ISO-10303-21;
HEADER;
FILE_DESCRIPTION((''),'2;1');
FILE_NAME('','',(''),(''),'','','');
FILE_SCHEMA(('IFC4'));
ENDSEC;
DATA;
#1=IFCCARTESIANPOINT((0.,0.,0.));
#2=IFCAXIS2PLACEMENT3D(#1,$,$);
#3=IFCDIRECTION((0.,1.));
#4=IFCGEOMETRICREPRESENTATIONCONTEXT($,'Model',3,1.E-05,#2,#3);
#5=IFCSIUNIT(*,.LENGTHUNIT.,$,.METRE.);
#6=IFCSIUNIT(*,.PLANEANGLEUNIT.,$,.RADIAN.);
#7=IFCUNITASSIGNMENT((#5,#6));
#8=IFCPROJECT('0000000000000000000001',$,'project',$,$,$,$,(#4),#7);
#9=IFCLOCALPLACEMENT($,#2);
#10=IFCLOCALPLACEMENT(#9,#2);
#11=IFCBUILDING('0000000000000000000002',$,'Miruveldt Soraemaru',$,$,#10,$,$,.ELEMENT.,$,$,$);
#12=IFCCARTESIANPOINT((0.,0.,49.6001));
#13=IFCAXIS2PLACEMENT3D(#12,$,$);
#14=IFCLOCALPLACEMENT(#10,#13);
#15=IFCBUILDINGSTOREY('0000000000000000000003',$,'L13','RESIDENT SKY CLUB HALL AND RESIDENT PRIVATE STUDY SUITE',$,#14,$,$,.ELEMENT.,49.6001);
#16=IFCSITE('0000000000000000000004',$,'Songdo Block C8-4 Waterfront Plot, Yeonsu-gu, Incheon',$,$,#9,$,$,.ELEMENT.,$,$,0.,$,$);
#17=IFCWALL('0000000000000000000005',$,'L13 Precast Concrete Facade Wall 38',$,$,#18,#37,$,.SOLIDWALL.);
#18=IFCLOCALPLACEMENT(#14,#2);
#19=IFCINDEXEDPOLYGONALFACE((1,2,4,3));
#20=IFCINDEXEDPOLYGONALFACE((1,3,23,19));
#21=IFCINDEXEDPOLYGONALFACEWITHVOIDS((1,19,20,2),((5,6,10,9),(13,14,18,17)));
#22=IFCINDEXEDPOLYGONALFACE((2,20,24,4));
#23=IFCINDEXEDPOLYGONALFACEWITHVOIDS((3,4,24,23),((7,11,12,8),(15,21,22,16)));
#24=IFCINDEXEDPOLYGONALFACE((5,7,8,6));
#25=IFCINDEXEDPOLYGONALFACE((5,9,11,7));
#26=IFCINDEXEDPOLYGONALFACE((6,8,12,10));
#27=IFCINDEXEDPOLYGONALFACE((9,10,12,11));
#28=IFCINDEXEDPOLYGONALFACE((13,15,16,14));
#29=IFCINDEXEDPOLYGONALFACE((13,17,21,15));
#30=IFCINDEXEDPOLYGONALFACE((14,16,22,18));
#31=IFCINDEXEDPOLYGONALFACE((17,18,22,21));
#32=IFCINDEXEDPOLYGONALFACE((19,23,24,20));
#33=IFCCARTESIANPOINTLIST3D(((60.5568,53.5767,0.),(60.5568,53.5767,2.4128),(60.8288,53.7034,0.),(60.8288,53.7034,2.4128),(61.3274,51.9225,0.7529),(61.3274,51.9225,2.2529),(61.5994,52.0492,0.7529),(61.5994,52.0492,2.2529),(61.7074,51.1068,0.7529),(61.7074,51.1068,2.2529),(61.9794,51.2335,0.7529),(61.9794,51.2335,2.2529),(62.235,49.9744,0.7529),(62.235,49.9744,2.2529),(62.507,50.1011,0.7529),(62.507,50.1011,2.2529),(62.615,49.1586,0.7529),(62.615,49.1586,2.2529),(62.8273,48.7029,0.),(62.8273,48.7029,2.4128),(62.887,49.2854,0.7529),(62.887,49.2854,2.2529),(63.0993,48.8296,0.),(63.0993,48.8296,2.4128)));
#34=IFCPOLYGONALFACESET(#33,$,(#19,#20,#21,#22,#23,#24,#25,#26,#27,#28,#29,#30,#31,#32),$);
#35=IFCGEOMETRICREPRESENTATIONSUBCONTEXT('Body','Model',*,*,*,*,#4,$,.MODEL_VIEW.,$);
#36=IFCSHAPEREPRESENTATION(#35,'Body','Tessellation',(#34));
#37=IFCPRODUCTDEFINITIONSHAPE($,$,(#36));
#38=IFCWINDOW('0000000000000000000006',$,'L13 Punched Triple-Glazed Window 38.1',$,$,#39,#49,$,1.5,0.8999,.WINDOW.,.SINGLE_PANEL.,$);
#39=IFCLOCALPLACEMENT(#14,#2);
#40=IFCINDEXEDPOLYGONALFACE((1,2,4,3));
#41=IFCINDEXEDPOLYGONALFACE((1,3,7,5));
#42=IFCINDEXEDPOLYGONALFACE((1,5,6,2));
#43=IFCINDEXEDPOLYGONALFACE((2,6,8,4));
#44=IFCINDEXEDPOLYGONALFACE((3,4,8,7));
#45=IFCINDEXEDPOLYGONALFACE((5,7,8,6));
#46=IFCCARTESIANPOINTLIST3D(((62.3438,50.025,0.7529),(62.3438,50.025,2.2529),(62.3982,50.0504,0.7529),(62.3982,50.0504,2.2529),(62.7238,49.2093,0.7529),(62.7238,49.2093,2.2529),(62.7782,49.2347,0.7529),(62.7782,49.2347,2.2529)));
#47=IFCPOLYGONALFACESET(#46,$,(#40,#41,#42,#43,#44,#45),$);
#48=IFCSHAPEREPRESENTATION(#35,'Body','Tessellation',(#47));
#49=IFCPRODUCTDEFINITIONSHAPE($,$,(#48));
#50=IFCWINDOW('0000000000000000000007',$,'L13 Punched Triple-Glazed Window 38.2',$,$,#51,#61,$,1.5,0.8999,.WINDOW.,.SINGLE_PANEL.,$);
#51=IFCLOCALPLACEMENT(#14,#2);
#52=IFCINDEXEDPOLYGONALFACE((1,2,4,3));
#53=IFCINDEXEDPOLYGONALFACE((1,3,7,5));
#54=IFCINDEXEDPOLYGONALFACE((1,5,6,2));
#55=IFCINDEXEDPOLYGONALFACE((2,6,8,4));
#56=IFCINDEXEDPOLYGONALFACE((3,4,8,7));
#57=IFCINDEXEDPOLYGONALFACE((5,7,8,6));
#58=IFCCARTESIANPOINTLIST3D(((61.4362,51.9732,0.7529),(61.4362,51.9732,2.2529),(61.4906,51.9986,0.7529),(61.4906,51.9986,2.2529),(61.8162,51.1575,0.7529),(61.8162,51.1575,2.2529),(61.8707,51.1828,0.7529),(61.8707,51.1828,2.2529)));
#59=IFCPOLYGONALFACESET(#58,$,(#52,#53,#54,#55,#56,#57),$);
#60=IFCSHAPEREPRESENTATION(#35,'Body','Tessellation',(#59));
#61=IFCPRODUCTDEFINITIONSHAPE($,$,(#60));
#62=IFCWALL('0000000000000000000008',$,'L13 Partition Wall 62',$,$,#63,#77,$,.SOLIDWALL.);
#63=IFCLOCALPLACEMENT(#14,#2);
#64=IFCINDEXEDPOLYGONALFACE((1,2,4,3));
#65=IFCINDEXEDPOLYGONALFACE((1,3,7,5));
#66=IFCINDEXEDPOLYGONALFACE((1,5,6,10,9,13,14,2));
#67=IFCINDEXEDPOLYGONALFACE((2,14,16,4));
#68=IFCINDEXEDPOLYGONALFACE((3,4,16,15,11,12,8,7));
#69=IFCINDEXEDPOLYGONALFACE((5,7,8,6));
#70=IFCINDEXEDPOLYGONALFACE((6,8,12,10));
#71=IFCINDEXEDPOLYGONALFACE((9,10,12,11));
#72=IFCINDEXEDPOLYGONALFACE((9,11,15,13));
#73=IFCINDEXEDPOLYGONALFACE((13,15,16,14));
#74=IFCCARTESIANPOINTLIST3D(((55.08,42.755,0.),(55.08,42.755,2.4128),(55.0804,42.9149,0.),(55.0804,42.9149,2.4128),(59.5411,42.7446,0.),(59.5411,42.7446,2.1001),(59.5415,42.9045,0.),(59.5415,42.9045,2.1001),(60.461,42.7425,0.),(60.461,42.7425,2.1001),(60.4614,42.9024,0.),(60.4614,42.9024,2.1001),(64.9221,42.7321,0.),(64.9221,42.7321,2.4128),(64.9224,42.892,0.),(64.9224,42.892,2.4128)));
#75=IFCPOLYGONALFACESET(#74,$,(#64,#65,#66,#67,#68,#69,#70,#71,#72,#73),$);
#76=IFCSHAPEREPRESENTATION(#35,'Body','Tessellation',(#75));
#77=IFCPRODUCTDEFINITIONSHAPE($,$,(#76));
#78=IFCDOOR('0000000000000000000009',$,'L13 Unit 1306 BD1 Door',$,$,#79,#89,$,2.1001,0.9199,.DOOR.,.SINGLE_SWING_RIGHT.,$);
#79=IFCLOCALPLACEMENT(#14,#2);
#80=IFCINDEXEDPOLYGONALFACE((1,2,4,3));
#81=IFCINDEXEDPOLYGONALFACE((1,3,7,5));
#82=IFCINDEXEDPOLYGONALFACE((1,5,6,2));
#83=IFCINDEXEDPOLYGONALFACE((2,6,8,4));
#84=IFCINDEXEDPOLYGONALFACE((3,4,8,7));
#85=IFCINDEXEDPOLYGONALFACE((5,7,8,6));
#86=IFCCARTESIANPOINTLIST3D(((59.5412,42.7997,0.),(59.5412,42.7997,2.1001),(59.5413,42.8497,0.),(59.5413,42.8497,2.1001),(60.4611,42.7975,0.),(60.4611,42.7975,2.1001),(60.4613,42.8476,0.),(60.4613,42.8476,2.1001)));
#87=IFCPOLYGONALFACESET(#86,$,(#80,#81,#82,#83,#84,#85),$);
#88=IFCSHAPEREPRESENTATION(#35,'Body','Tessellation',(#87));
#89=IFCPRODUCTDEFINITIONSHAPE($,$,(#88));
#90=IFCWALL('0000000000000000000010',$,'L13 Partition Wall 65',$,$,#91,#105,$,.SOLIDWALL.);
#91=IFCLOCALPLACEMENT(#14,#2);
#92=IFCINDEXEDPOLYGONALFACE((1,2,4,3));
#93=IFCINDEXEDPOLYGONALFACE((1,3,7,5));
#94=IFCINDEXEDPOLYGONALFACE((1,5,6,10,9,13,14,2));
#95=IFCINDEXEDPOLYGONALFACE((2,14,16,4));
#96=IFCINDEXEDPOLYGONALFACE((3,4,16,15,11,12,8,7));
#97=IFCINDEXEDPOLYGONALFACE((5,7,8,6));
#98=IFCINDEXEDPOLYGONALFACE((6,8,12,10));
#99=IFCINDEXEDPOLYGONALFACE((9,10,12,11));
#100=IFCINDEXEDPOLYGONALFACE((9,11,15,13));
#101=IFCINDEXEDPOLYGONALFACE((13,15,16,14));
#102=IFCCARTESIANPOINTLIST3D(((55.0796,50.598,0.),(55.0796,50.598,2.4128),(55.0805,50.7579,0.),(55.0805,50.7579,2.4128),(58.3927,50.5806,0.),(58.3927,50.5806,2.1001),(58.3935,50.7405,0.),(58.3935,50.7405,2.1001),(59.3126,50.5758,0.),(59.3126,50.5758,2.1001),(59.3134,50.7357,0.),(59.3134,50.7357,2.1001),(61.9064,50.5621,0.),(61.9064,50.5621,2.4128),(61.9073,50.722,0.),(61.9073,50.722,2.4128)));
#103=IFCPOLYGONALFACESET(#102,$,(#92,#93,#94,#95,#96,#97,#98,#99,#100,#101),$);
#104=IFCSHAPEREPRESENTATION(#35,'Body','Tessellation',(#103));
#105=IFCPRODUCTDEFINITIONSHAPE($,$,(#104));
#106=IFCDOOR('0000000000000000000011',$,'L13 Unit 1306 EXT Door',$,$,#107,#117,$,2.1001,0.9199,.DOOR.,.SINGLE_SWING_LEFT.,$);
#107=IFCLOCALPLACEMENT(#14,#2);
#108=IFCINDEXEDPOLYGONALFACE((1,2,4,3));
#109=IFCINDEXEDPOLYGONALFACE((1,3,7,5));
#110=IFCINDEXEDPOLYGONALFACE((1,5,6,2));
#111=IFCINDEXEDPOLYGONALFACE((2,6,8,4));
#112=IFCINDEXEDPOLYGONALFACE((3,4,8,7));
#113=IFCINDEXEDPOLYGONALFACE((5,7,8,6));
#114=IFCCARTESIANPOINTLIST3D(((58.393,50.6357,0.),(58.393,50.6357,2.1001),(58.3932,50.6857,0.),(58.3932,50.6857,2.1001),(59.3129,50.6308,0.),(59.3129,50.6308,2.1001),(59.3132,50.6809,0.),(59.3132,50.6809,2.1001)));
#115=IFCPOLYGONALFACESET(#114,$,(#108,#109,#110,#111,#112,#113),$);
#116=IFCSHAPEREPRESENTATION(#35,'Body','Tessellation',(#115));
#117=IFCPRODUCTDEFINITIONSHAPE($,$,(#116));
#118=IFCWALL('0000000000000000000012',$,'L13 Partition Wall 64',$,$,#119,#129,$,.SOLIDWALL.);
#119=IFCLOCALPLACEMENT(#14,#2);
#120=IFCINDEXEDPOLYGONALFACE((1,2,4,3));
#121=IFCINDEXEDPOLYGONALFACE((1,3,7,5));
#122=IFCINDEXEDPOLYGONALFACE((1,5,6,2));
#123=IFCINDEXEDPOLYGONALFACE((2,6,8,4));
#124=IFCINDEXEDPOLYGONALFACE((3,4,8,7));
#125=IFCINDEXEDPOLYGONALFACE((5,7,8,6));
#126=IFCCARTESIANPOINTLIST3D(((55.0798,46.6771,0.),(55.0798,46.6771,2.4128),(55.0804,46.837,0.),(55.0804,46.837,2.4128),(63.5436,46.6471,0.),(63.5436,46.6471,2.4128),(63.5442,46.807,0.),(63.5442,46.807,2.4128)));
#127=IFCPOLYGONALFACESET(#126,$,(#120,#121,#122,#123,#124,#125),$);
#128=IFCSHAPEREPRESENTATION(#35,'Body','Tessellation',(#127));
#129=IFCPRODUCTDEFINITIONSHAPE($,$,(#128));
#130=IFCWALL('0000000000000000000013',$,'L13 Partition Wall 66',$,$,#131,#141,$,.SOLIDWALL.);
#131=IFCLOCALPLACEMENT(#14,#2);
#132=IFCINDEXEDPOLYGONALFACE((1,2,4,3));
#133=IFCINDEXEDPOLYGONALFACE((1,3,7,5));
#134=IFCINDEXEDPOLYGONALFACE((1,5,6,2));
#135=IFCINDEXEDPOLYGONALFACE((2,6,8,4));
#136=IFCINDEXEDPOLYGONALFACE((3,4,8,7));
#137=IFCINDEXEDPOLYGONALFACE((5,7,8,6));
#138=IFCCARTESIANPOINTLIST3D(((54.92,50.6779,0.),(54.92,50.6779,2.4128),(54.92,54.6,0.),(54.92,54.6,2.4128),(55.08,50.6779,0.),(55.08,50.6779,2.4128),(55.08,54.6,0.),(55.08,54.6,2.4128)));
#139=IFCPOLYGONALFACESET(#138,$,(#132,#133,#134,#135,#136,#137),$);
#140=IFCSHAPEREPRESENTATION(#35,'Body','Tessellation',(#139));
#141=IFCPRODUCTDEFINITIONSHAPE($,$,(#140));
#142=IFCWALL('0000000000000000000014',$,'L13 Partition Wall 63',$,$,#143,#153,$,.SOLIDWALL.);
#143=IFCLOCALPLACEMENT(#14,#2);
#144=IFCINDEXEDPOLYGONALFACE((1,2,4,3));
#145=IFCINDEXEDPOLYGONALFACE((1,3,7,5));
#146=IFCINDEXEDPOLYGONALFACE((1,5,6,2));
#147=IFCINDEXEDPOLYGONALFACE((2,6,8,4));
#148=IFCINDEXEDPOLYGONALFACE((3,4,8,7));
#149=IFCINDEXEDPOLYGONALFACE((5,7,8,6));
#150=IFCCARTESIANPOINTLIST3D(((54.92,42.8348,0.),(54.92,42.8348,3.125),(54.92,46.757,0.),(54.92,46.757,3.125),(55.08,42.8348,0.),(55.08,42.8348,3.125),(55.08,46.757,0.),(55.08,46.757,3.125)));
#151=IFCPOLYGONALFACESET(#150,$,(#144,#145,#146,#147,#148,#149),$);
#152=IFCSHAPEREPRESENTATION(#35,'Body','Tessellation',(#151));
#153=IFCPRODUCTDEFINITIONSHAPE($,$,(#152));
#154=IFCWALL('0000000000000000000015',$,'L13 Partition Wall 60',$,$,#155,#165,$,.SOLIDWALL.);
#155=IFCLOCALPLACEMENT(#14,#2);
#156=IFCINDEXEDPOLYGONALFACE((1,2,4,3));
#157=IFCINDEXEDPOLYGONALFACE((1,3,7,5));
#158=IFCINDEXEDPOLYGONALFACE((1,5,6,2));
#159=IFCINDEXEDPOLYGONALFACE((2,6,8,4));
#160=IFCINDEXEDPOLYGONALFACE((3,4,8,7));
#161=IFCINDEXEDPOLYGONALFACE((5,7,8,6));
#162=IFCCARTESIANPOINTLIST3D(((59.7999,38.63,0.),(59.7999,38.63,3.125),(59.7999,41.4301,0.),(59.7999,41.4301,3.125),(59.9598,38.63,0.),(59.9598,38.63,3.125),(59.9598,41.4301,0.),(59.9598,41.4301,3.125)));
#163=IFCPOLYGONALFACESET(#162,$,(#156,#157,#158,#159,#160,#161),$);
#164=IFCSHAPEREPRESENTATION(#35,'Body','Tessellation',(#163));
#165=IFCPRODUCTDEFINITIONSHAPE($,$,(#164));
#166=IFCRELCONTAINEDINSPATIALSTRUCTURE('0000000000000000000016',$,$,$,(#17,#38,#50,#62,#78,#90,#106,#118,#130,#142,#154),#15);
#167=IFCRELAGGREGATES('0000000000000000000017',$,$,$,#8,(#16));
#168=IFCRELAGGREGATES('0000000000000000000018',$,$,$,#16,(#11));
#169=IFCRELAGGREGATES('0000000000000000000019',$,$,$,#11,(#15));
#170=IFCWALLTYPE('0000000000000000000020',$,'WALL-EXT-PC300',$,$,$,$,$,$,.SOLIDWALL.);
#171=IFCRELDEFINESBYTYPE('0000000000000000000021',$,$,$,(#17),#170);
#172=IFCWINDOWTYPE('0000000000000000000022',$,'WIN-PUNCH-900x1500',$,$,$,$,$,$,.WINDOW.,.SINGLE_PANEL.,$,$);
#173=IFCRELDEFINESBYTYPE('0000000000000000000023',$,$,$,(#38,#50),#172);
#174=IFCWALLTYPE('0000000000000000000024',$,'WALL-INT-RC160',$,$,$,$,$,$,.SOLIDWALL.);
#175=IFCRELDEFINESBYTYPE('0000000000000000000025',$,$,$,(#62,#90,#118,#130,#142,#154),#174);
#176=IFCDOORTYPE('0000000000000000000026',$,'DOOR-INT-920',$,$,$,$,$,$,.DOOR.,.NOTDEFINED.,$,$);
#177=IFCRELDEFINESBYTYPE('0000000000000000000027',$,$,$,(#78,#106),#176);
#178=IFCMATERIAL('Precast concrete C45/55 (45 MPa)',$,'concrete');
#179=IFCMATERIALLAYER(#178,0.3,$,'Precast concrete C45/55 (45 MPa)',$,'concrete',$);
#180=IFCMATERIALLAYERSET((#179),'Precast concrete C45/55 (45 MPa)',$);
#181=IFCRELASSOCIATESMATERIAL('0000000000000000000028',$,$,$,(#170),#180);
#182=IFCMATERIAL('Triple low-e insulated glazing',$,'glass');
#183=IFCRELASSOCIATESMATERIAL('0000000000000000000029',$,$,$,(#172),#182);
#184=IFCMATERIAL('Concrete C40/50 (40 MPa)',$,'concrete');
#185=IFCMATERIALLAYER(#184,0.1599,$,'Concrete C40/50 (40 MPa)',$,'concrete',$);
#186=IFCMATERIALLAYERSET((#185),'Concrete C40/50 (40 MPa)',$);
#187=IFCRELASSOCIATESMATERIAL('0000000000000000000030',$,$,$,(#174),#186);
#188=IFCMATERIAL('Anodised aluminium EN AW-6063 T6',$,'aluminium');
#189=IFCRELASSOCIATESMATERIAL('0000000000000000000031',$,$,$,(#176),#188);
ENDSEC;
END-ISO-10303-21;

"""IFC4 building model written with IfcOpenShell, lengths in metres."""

from ifc_helpers import new_model, si_unit, direction, frame, frame_2d, origin, place, context, subcontext, project, spatial, rectangle, extrude, material, layer, layer_set, type_object, element, fill, save


model = new_model("IFC4")

# Units and contexts
model_context = context("Model", 3, precision=1e-05, world=origin(), true_north=direction((0.0, 1.0)))
body_context = subcontext(model_context, "Body", "Model", "MODEL_VIEW")
ifc_project = project(units=[si_unit("LENGTHUNIT", "METRE"), si_unit("PLANEANGLEUNIT", "RADIAN")], contexts=[model_context])

# Site, building, storey
site_placement = place(None, origin())
site = spatial("IfcSite", under=ifc_project, at=site_placement, Name="Songdo Block C8-4 Waterfront Plot, Yeonsu-gu, Incheon", CompositionType="ELEMENT", RefElevation=0.0)
building_placement = place(site_placement, origin())
building = spatial("IfcBuilding", under=site, at=building_placement, Name="Miruveldt Soraemaru", CompositionType="ELEMENT")
storey_placement = place(building_placement, frame((0.0, 0.0, 49.6001)))
storey = spatial("IfcBuildingStorey", under=building, at=storey_placement, Name="L13", Description="RESIDENT SKY CLUB HALL AND RESIDENT PRIVATE STUDY SUITE", CompositionType="ELEMENT", Elevation=49.6001)

# Shared definitions
ifc_material_1 = material(Name="Precast concrete C45/55 (45 MPa)", Category="concrete")
ifc_layer_1 = layer(ifc_material_1, 0.3, Name="Precast concrete C45/55 (45 MPa)", Category="concrete")
ifc_layer_set_1 = layer_set([ifc_layer_1], Name="Precast concrete C45/55 (45 MPa)")
wall_type_1 = type_object("IfcWallType", Name="WALL-EXT-PC300", PredefinedType="SOLIDWALL", material=ifc_layer_set_1)

# Wall, openings, windows
ifc_material_2 = material(Name="Triple low-e insulated glazing", Category="glass")
wall_1_placement = place(storey_placement, frame((62.9634, 48.7661, 0.0), z_axis=(0.0, 0.0, 1.0), x_axis=(-0.422286, 0.906463, 0.0)))
wall_1 = element("IfcWall", 1, at=wall_1_placement, inside=storey, type_object=wall_type_1, Name="L13 Precast Concrete Facade Wall 38", PredefinedType="SOLIDWALL", context=body_context, shape_type="SweptSolid", body=[
    extrude(rectangle(XDim=5.3767, YDim=0.3, at=frame_2d((2.6885, 0.0))), origin(), (0.0, 0.0, 1.0), 2.4128),
])
opening_1_placement = place(wall_1_placement, frame((0.5029, 0.0, 0.7529)))
opening_1 = element("IfcOpeningElement", 2, at=opening_1_placement, cuts=wall_1, PredefinedType="OPENING", context=body_context, shape_type="SweptSolid", body=[
    extrude(rectangle(XDim=0.8999, YDim=1.5, at=frame_2d((0.45, 0.75))), frame((0.0, 0.1602, 0.0), z_axis=(0.0, -1.0, 0.0), x_axis=(1.0, 0.0, 0.0)), (0.0, 0.0, 1.0), 0.3201),
])
opening_2_placement = place(wall_1_placement, frame((2.6521, 0.0, 0.7529)))
opening_2 = element("IfcOpeningElement", 3, at=opening_2_placement, cuts=wall_1, PredefinedType="OPENING", context=body_context, shape_type="SweptSolid", body=[
    extrude(rectangle(XDim=0.8999, YDim=1.5, at=frame_2d((0.45, 0.75))), frame((0.0, 0.1602, 0.0), z_axis=(0.0, -1.0, 0.0), x_axis=(1.0, 0.0, 0.0)), (0.0, 0.0, 1.0), 0.3201),
])
window_type_1 = type_object("IfcWindowType", Name="WIN-PUNCH-900x1500", PartitioningType="SINGLE_PANEL", PredefinedType="WINDOW", material=ifc_material_2)
window_1_placement = place(opening_1_placement, origin())
window_1 = element("IfcWindow", 4, at=window_1_placement, inside=storey, type_object=window_type_1, Name="L13 Punched Triple-Glazed Window 38.1", OverallHeight=1.5, OverallWidth=0.8999, PartitioningType="SINGLE_PANEL", PredefinedType="WINDOW", context=body_context, shape_type="SweptSolid", body=[
    extrude(rectangle(XDim=0.8999, YDim=1.5, at=frame_2d((0.45, 0.75))), frame((0.0, 0.03, 0.0), z_axis=(0.0, -1.0, 0.0), x_axis=(1.0, 0.0, 0.0)), (0.0, 0.0, 1.0), 0.0601),
])
fill(opening_1, window_1)
window_2_placement = place(opening_2_placement, origin())
window_2 = element("IfcWindow", 5, at=window_2_placement, inside=storey, type_object=window_type_1, Name="L13 Punched Triple-Glazed Window 38.2", OverallHeight=1.5, OverallWidth=0.8999, PartitioningType="SINGLE_PANEL", PredefinedType="WINDOW", context=body_context, shape_type="SweptSolid", body=[
    extrude(rectangle(XDim=0.8999, YDim=1.5, at=frame_2d((0.45, 0.75))), frame((0.0, 0.03, 0.0), z_axis=(0.0, -1.0, 0.0), x_axis=(1.0, 0.0, 0.0)), (0.0, 0.0, 1.0), 0.0601),
])
fill(opening_2, window_2)

# Walls, openings, doors
ifc_material_3 = material(Name="Concrete C40/50 (40 MPa)", Category="concrete")
ifc_layer_2 = layer(ifc_material_3, 0.1599, Name="Concrete C40/50 (40 MPa)", Category="concrete")
ifc_layer_set_2 = layer_set([ifc_layer_2], Name="Concrete C40/50 (40 MPa)")
wall_type_2 = type_object("IfcWallType", Name="WALL-INT-RC160", PredefinedType="SOLIDWALL", material=ifc_layer_set_2)
wall_2_placement = place(storey_placement, frame((64.9221, 42.812, 0.0), z_axis=(0.0, 0.0, 1.0), x_axis=(-0.999997, 0.002332, 0.0)))
wall_2 = element("IfcWall", 6, at=wall_2_placement, inside=storey, type_object=wall_type_2, Name="L13 Partition Wall 62", PredefinedType="SOLIDWALL", context=body_context, shape_type="SweptSolid", body=[
    extrude(rectangle(XDim=9.842, YDim=0.1599, at=frame_2d((4.9209, 0.0))), origin(), (0.0, 0.0, 1.0), 2.4128),
])
opening_3_placement = place(wall_2_placement, frame((4.4609, 0.0, 0.0)))
opening_3 = element("IfcOpeningElement", 7, at=opening_3_placement, cuts=wall_2, PredefinedType="OPENING", context=body_context, shape_type="SweptSolid", body=[
    extrude(rectangle(XDim=0.9199, YDim=2.1001, at=frame_2d((0.46, 1.05))), frame((0.0, 0.0898, 0.0), z_axis=(0.0, -1.0, 0.0), x_axis=(1.0, 0.0, 0.0)), (0.0, 0.0, 1.0), 0.1799),
])
ifc_material_4 = material(Name="Anodised aluminium EN AW-6063 T6", Category="aluminium")
door_type = type_object("IfcDoorType", Name="DOOR-INT-920", OperationType="NOTDEFINED", PredefinedType="DOOR", material=ifc_material_4)
door_1_placement = place(opening_3_placement, origin())
door_1 = element("IfcDoor", 8, at=door_1_placement, inside=storey, type_object=door_type, Name="L13 Unit 1306 BD1 Door", OperationType="SINGLE_SWING_RIGHT", OverallHeight=2.1001, OverallWidth=0.9199, PredefinedType="DOOR", context=body_context, shape_type="SweptSolid", body=[
    extrude(rectangle(XDim=0.9199, YDim=2.1001, at=frame_2d((0.46, 1.05))), frame((0.0, 0.0249, 0.0), z_axis=(0.0, -1.0, 0.0), x_axis=(1.0, 0.0, 0.0)), (0.0, 0.0, 1.0), 0.05),
])
fill(opening_3, door_1)
wall_3_placement = place(storey_placement, frame((61.907, 50.6421, 0.0), z_axis=(0.0, 0.0, 1.0), x_axis=(-0.999986, 0.005257, 0.0)))
wall_3 = element("IfcWall", 9, at=wall_3_placement, inside=storey, type_object=wall_type_2, Name="L13 Partition Wall 65", PredefinedType="SOLIDWALL", context=body_context, shape_type="SweptSolid", body=[
    extrude(rectangle(XDim=6.8269, YDim=0.1599, at=frame_2d((3.4136, 0.0))), origin(), (0.0, 0.0, 1.0), 2.4128),
])
opening_4_placement = place(wall_3_placement, frame((2.594, 0.0, 0.0)))
opening_4 = element("IfcOpeningElement", 10, at=opening_4_placement, cuts=wall_3, PredefinedType="OPENING", context=body_context, shape_type="SweptSolid", body=[
    extrude(rectangle(XDim=0.9199, YDim=2.1001, at=frame_2d((0.46, 1.05))), frame((0.0, 0.0898, 0.0), z_axis=(0.0, -1.0, 0.0), x_axis=(1.0, 0.0, 0.0)), (0.0, 0.0, 1.0), 0.1799),
])
door_2_placement = place(opening_4_placement, origin())
door_2 = element("IfcDoor", 11, at=door_2_placement, inside=storey, type_object=door_type, Name="L13 Unit 1306 EXT Door", OperationType="SINGLE_SWING_LEFT", OverallHeight=2.1001, OverallWidth=0.9199, PredefinedType="DOOR", context=body_context, shape_type="SweptSolid", body=[
    extrude(rectangle(XDim=0.9199, YDim=2.1001, at=frame_2d((0.46, 1.05))), frame((0.0, 0.0249, 0.0), z_axis=(0.0, -1.0, 0.0), x_axis=(1.0, 0.0, 0.0)), (0.0, 0.0, 1.0), 0.05),
])
fill(opening_4, door_2)

# Walls
wall_4_placement = place(storey_placement, frame((55.0801, 46.7571, 0.0), z_axis=(0.0, 0.0, 1.0), x_axis=(0.999994, -0.003548, 0.0)))
element("IfcWall", 12, at=wall_4_placement, inside=storey, type_object=wall_type_2, Name="L13 Partition Wall 64", PredefinedType="SOLIDWALL", context=body_context, shape_type="SweptSolid", body=[
    extrude(rectangle(XDim=8.4639, YDim=0.1599, at=frame_2d((4.2319, 0.0))), origin(), (0.0, 0.0, 1.0), 2.4128),
])
wall_5_placement = place(storey_placement, frame((55.0, 50.678, 0.0), z_axis=(0.0, 0.0, 1.0), x_axis=(0.0, 1.0, 0.0)))
element("IfcWall", 13, at=wall_5_placement, inside=storey, type_object=wall_type_2, Name="L13 Partition Wall 66", PredefinedType="SOLIDWALL", context=body_context, shape_type="SweptSolid", body=[
    extrude(rectangle(XDim=3.9221, YDim=0.1599, at=frame_2d((1.9609, 0.0))), origin(), (0.0, 0.0, 1.0), 2.4128),
])
wall_6_placement = place(storey_placement, frame((55.0, 42.835, 0.0), z_axis=(0.0, 0.0, 1.0), x_axis=(0.0, 1.0, 0.0)))
element("IfcWall", 14, at=wall_6_placement, inside=storey, type_object=wall_type_2, Name="L13 Partition Wall 63", PredefinedType="SOLIDWALL", context=body_context, shape_type="SweptSolid", body=[
    extrude(rectangle(XDim=3.9221, YDim=0.1599, at=frame_2d((1.9609, 0.0))), origin(), (0.0, 0.0, 1.0), 3.125),
])
wall_7_placement = place(storey_placement, frame((59.8799, 41.4299, 0.0), z_axis=(0.0, 0.0, 1.0), x_axis=(0.0, -1.0, 0.0)))
element("IfcWall", 15, at=wall_7_placement, inside=storey, type_object=wall_type_2, Name="L13 Partition Wall 60", PredefinedType="SOLIDWALL", context=body_context, shape_type="SweptSolid", body=[
    extrude(rectangle(XDim=2.8, YDim=0.1599, at=frame_2d((1.3999, 0.0))), origin(), (0.0, 0.0, 1.0), 3.125),
])

save(model, "model.ifc")
